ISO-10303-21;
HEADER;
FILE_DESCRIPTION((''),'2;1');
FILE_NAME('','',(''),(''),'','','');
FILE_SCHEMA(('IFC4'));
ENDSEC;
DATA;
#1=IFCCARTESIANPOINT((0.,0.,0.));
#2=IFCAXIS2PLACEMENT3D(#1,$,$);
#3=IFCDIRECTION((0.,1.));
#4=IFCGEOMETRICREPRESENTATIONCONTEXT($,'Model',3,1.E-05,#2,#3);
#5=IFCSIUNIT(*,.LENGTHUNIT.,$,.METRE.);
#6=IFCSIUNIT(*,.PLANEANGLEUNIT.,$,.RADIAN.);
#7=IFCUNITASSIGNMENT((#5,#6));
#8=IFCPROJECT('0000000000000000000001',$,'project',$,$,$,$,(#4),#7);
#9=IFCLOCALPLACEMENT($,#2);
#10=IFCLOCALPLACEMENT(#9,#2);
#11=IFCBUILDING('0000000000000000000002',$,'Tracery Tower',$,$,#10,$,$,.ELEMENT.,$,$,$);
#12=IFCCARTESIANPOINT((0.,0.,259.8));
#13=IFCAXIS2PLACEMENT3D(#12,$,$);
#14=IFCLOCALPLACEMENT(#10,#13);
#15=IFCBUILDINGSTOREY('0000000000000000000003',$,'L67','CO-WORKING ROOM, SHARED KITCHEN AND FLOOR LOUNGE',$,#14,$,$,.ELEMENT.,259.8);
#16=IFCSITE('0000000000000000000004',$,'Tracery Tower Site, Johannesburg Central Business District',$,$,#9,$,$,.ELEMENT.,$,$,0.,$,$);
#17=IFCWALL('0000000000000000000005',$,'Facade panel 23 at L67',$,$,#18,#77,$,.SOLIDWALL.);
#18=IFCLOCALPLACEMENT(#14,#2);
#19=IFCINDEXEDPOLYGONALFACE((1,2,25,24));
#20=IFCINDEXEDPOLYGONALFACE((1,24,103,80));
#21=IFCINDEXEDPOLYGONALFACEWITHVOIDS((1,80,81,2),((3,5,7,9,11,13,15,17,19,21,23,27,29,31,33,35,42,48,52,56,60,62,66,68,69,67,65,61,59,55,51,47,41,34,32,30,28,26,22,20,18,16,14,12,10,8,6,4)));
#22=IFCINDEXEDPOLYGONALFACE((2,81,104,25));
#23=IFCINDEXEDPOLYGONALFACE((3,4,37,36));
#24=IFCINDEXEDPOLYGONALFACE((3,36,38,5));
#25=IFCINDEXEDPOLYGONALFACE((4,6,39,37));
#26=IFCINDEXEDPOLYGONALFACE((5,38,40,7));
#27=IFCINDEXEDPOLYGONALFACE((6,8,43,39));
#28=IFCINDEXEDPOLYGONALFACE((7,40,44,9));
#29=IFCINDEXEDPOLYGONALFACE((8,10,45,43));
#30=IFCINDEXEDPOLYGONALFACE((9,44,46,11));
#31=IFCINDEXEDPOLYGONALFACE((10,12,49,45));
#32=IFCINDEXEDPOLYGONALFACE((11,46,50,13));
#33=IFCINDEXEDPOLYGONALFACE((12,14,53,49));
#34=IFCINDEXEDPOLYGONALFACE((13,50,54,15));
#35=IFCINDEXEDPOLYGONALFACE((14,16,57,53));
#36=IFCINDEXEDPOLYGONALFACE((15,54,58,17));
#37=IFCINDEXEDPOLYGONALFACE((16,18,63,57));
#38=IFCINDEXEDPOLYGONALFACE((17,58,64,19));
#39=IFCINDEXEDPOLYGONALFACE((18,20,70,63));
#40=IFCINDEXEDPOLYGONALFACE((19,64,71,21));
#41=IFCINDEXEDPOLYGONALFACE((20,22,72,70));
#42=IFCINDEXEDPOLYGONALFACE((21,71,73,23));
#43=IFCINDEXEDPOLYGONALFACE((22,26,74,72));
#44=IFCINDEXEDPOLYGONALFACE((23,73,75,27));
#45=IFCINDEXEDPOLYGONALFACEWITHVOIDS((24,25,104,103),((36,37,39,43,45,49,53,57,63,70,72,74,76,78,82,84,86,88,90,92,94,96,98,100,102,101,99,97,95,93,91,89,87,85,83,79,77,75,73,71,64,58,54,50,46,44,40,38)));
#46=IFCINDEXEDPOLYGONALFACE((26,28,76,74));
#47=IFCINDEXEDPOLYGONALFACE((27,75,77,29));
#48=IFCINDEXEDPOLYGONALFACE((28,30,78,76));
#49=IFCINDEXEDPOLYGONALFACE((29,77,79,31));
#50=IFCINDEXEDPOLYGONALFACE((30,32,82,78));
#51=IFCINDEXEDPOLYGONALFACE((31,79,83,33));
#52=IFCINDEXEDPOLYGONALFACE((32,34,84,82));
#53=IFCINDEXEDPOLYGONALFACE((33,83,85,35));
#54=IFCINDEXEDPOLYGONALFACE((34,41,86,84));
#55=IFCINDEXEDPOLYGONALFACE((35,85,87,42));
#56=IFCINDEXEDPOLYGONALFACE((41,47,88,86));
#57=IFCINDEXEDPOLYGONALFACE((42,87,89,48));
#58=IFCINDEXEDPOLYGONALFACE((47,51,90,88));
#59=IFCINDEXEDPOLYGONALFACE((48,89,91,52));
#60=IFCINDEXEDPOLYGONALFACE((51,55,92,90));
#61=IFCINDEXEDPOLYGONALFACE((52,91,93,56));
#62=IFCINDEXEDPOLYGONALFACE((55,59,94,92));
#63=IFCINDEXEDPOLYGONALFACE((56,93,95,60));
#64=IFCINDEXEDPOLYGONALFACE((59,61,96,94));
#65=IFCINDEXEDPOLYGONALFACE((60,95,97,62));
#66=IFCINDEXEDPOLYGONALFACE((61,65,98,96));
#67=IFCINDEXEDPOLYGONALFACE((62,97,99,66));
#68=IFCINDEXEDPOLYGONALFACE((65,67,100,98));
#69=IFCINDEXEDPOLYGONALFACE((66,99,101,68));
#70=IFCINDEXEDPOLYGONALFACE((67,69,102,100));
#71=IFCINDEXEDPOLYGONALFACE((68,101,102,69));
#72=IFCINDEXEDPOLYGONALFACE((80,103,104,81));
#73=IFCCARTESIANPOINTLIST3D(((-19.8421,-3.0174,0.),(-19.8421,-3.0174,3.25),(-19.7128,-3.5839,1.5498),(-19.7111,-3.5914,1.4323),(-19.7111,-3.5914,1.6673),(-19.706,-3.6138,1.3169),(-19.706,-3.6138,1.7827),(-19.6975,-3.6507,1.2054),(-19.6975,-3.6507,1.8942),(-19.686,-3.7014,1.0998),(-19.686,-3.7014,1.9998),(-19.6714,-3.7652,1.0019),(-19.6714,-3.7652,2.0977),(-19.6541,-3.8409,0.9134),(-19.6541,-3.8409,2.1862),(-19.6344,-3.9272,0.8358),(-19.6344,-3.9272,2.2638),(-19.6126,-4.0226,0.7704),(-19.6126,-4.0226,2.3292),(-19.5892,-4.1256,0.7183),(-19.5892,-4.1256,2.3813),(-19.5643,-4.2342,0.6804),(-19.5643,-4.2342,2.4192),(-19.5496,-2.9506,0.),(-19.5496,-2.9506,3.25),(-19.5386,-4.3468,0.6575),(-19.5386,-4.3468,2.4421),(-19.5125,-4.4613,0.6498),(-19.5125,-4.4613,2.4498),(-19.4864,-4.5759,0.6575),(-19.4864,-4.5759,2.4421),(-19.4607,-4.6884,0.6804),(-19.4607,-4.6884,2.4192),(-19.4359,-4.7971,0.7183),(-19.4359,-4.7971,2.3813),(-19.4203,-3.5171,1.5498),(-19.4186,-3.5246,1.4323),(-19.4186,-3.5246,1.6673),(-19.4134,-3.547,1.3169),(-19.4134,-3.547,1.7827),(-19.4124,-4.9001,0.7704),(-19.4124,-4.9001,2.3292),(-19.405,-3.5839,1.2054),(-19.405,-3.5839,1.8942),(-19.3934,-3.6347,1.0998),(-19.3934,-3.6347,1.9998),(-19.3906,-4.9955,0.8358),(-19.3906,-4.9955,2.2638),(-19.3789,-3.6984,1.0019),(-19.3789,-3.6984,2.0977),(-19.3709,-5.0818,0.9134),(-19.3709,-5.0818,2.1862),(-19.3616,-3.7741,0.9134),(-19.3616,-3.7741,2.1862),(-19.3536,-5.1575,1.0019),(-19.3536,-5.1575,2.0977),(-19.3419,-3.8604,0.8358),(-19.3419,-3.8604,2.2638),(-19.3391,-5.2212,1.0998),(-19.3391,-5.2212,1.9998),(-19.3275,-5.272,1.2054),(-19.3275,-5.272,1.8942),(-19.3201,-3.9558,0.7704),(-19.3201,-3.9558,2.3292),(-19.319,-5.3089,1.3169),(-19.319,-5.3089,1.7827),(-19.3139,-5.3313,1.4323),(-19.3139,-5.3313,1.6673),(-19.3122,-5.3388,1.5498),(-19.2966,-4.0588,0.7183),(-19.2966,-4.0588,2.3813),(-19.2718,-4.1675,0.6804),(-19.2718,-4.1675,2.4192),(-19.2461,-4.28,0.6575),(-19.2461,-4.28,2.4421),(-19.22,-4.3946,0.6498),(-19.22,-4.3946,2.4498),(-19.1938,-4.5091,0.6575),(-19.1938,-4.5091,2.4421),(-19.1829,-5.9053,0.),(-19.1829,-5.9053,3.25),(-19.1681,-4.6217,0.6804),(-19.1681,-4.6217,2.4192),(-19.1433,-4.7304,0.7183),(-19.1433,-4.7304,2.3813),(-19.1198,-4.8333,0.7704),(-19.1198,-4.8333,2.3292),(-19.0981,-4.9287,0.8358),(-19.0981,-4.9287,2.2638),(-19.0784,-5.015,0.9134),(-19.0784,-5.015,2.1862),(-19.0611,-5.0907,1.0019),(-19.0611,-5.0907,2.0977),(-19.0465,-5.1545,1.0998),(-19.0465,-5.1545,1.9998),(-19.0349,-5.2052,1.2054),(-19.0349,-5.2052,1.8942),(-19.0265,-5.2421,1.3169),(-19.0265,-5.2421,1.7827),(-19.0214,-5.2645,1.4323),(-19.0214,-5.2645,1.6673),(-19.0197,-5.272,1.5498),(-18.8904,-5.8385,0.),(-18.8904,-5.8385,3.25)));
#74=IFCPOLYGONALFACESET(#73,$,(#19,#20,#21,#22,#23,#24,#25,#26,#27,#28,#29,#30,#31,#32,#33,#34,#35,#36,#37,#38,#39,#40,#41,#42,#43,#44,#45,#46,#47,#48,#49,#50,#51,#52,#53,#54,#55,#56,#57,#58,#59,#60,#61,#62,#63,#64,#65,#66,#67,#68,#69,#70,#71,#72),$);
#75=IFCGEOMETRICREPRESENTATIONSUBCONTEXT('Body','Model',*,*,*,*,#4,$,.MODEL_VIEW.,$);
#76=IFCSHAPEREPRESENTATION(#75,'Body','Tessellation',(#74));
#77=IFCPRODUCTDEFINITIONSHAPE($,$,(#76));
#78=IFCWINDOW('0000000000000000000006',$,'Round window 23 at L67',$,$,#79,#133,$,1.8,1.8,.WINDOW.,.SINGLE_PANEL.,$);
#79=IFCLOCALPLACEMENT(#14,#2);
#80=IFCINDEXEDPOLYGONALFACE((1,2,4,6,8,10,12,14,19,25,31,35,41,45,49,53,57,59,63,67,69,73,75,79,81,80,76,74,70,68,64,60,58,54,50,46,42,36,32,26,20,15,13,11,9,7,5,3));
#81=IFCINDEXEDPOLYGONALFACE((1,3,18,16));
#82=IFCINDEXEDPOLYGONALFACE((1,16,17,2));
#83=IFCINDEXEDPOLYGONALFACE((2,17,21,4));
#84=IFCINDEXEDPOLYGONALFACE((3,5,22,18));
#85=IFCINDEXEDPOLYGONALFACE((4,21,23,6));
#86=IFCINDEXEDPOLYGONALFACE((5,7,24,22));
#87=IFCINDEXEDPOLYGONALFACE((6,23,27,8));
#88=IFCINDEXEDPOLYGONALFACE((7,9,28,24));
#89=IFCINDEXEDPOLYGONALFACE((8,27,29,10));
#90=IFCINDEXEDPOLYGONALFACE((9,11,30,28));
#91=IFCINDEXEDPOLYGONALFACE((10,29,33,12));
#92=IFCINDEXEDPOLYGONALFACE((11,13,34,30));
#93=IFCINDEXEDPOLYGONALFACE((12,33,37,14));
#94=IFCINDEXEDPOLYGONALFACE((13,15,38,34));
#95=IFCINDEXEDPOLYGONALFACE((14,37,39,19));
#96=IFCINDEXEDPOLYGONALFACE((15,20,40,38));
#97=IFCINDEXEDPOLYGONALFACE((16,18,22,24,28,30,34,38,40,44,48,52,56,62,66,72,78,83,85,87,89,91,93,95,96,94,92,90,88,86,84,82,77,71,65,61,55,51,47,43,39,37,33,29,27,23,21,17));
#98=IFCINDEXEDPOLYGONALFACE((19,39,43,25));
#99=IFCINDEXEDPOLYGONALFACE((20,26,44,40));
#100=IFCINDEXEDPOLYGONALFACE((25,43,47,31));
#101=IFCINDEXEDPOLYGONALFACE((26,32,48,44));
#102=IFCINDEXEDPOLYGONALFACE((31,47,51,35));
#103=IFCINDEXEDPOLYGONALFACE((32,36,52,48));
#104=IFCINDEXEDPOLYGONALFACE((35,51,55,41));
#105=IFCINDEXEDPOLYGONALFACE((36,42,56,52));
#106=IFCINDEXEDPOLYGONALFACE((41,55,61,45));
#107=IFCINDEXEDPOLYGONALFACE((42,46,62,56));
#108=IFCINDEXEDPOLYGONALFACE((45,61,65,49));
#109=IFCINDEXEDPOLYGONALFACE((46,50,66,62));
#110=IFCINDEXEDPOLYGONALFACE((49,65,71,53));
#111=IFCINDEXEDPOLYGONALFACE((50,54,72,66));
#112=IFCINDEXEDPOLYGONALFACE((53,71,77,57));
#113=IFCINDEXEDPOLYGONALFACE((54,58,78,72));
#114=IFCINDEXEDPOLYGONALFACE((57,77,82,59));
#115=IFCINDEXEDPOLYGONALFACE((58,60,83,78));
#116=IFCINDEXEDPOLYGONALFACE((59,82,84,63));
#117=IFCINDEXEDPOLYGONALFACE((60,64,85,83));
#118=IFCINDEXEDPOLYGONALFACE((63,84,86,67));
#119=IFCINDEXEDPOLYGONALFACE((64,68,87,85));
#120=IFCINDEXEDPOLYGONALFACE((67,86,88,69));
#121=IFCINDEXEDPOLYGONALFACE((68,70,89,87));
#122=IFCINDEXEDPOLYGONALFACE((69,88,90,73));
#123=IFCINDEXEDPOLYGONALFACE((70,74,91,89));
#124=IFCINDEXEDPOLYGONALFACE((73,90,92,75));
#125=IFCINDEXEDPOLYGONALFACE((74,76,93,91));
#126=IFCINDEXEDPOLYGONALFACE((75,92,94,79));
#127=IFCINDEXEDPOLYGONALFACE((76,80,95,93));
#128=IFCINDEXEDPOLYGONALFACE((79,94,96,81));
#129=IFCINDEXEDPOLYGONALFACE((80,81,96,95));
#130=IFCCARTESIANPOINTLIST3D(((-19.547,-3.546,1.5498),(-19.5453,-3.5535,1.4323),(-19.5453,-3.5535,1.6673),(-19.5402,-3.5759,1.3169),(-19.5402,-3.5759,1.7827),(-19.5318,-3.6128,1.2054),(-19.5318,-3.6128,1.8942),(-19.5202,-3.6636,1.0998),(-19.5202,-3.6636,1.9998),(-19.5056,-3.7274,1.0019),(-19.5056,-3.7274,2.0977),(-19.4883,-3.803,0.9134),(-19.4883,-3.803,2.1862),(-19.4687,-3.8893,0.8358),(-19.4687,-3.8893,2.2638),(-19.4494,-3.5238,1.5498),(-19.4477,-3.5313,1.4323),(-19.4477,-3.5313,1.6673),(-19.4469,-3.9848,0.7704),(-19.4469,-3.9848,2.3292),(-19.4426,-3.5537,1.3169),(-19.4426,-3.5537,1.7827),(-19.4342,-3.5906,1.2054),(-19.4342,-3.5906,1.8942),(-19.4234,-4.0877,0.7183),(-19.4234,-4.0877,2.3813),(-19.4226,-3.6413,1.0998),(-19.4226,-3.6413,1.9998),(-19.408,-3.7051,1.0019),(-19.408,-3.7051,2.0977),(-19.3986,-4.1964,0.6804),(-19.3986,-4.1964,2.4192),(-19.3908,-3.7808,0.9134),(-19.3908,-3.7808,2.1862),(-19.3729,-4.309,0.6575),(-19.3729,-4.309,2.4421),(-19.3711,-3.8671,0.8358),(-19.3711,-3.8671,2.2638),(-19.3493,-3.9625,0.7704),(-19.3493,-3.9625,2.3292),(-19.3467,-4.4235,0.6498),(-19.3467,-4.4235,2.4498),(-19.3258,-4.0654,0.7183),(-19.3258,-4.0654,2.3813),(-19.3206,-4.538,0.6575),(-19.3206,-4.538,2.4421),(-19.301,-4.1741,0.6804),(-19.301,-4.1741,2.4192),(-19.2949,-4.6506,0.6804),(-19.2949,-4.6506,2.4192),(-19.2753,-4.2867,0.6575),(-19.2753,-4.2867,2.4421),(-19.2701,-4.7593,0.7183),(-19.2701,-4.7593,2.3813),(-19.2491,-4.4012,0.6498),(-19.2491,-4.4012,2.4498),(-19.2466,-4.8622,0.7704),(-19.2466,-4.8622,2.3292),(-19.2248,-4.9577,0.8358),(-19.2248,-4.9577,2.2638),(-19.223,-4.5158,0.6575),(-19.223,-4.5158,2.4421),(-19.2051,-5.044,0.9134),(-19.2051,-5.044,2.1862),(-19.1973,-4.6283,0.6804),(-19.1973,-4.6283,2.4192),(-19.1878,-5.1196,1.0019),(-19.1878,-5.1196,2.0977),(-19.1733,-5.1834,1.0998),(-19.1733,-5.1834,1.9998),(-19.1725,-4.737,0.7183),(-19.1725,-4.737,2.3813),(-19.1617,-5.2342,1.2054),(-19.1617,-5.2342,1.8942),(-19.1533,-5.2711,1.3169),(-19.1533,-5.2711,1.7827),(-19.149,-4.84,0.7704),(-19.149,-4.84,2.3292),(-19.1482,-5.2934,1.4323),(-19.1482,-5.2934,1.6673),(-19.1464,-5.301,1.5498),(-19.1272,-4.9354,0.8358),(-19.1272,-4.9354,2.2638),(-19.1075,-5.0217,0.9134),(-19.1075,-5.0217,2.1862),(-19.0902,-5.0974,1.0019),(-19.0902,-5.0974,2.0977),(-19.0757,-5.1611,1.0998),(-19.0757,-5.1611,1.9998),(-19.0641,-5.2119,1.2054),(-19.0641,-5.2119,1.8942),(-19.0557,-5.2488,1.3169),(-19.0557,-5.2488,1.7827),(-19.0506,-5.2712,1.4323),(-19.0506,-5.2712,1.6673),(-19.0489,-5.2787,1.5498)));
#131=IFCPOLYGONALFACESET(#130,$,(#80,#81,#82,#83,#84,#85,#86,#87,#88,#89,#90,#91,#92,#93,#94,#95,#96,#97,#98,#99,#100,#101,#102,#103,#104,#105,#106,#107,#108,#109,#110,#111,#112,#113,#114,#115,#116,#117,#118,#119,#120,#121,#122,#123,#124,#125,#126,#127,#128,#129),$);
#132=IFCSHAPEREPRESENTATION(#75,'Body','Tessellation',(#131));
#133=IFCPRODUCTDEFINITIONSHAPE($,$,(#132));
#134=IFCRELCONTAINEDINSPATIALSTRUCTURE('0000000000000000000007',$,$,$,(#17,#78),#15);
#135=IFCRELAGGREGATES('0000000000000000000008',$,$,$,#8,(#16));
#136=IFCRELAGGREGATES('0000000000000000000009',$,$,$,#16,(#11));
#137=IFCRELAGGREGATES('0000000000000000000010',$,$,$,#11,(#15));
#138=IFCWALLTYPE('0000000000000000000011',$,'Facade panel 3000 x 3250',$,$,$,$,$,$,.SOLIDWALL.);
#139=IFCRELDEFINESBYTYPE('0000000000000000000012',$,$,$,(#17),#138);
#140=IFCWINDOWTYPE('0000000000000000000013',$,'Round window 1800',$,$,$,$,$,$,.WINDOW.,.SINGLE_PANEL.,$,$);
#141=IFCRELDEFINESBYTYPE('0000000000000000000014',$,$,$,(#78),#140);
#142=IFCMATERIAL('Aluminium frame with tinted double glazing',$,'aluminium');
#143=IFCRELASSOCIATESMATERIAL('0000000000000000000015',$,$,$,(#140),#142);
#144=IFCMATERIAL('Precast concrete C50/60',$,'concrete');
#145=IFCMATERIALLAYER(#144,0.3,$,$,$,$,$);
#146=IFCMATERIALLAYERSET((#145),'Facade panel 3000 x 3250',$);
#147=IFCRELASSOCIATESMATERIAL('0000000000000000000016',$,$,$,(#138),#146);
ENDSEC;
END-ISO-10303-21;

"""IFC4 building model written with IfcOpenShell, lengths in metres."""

from ifc_helpers import new_model, si_unit, direction, frame, frame_2d, origin, origin_2d, place, context, subcontext, project, spatial, rectangle, circle, extrude, material, layer, layer_set, type_object, element, fill, save


model = new_model("IFC4")

# Units and contexts
model_context = context("Model", 3, precision=1e-05, world=origin(), true_north=direction((0.0, 1.0)))
body_context = subcontext(model_context, "Body", "Model", "MODEL_VIEW")
ifc_project = project(units=[si_unit("LENGTHUNIT", "METRE"), si_unit("PLANEANGLEUNIT", "RADIAN")], contexts=[model_context])

# Site, building, storey
site_placement = place(None, origin())
site = spatial("IfcSite", under=ifc_project, at=site_placement, Name="Tracery Tower Site, Johannesburg Central Business District", CompositionType="ELEMENT", RefElevation=0.0)
building_placement = place(site_placement, origin())
building = spatial("IfcBuilding", under=site, at=building_placement, Name="Tracery Tower", CompositionType="ELEMENT")
storey_placement = place(building_placement, frame((0.0, 0.0, 259.8)))
storey = spatial("IfcBuildingStorey", under=building, at=storey_placement, Name="L67", Description="CO-WORKING ROOM, SHARED KITCHEN AND FLOOR LOUNGE", CompositionType="ELEMENT", Elevation=259.8)

# Wall, opening, window
ifc_material_1 = material(Name="Aluminium frame with tinted double glazing", Category="aluminium")
window_type = type_object("IfcWindowType", Name="Round window 1800", PartitioningType="SINGLE_PANEL", PredefinedType="WINDOW", material=ifc_material_1)
ifc_material_2 = material(Name="Precast concrete C50/60", Category="concrete")
ifc_layer_1 = layer(ifc_material_2, 0.3)
ifc_layer_set_1 = layer_set([ifc_layer_1], Name="Facade panel 3000 x 3250")
wall_type_1 = type_object("IfcWallType", Name="Facade panel 3000 x 3250", PredefinedType="SOLIDWALL", material=ifc_layer_set_1)
wall_1_placement = place(storey_placement, frame((-19.6958, -2.9841, 0.0), z_axis=(0.0, 0.0, 1.0), x_axis=(0.222529, -0.974926, 0.0)))
wall_1 = element("IfcWall", 1, at=wall_1_placement, inside=storey, type_object=wall_type_1, Name="Facade panel 23 at L67", PredefinedType="SOLIDWALL", context=body_context, shape_type="SweptSolid", body=[
    extrude(rectangle(XDim=2.9622, YDim=0.3, at=frame_2d((1.481, 0.0))), origin(), (0.0, 0.0, 1.0), 3.25),
])
opening_1_placement = place(wall_1_placement, frame((1.481, 0.0, 1.5498)))
opening_1 = element("IfcOpeningElement", 2, at=opening_1_placement, cuts=wall_1, PredefinedType="OPENING", context=body_context, shape_type="SweptSolid", body=[
    extrude(circle(Radius=0.9, at=origin_2d()), frame((0.0, 0.1599, 0.0), z_axis=(0.0, -1.0, 0.0), x_axis=(1.0, 0.0, 0.0)), (0.0, 0.0, 1.0), 0.3201),
])
window_1_placement = place(opening_1_placement, origin())
window_1 = element("IfcWindow", 3, at=window_1_placement, inside=storey, type_object=window_type, Name="Round window 23 at L67", OverallHeight=1.8, OverallWidth=1.8, PartitioningType="SINGLE_PANEL", PredefinedType="WINDOW", context=body_context, shape_type="SweptSolid", body=[
    extrude(circle(Radius=0.9, at=origin_2d()), frame((0.0, 0.1201, 0.0), z_axis=(0.0, -1.0, 0.0), x_axis=(1.0, 0.0, 0.0)), (0.0, 0.0, 1.0), 0.1001),
])
fill(opening_1, window_1)

save(model, "model.ifc")
